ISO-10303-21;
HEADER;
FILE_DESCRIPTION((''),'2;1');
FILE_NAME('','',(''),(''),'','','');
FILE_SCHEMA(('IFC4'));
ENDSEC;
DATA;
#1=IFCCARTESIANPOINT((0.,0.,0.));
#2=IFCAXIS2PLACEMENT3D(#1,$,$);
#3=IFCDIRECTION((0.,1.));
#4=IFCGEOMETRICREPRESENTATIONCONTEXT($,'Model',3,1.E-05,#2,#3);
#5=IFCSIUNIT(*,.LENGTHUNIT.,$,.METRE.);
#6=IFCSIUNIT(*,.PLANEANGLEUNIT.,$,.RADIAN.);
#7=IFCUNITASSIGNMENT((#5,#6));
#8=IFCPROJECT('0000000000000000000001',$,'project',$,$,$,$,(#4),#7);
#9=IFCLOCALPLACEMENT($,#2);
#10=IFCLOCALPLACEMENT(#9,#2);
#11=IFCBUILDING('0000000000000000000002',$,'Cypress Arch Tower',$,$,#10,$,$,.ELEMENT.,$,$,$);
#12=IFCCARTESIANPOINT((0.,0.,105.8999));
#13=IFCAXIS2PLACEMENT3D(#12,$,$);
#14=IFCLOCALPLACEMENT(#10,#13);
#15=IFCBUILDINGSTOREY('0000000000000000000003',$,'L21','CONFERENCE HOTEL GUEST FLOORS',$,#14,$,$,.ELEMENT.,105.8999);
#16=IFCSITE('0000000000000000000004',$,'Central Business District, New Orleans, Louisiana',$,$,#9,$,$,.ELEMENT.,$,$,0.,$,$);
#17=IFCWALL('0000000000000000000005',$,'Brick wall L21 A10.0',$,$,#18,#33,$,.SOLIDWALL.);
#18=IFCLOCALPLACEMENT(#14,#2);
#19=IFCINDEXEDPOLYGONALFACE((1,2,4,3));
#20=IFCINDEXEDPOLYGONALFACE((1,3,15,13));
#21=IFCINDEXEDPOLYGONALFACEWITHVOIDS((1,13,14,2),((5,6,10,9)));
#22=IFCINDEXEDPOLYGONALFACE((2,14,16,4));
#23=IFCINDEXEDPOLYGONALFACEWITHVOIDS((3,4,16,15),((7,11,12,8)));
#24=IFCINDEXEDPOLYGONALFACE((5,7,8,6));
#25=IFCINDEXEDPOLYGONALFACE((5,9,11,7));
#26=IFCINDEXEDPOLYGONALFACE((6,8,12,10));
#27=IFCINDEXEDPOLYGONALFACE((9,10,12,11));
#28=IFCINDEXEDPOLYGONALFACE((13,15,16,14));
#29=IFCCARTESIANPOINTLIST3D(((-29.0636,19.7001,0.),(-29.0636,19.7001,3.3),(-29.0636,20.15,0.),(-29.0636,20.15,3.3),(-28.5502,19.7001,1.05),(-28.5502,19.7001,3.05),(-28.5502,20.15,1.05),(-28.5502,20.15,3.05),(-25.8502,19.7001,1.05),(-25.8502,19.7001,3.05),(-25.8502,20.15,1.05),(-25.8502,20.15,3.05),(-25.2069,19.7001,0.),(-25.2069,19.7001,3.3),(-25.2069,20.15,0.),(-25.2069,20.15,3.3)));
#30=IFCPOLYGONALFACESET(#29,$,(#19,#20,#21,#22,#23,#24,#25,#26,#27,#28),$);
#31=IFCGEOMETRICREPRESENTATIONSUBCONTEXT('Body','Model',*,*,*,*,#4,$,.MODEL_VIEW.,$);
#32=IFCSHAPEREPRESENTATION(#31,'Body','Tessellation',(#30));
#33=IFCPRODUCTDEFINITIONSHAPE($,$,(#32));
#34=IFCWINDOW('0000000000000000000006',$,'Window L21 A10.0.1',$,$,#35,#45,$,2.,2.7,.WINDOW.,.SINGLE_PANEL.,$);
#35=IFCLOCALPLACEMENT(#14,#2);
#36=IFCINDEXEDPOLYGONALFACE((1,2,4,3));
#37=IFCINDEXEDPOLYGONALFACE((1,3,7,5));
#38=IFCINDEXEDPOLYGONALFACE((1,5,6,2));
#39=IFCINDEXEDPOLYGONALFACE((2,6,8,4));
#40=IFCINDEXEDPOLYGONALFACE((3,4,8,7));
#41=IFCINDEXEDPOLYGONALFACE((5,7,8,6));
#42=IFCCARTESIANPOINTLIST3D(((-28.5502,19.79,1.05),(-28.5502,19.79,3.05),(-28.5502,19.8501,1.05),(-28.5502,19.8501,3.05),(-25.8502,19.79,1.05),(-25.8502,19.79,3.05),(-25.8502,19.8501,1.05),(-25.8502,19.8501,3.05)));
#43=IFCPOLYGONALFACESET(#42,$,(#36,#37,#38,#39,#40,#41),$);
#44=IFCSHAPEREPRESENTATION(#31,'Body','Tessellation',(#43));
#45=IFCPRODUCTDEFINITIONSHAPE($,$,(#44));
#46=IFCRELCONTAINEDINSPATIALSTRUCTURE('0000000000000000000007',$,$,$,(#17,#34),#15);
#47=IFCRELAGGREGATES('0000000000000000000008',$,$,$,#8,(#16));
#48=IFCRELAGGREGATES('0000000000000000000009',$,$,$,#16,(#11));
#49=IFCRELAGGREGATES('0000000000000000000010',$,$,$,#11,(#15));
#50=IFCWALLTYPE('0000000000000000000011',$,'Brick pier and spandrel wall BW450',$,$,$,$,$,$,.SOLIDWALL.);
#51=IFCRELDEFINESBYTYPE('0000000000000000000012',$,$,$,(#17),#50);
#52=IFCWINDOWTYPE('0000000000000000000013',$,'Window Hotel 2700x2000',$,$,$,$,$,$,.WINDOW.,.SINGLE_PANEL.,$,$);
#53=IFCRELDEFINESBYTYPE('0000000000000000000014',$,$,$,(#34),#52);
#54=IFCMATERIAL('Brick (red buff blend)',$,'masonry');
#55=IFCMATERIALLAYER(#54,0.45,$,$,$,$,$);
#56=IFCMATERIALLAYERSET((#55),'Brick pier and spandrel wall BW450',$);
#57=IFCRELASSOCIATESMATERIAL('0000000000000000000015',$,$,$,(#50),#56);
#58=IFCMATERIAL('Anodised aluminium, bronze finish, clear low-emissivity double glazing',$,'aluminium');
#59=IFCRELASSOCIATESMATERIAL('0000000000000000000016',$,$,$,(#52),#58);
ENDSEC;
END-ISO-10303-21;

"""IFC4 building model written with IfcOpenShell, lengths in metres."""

from ifc_helpers import new_model, si_unit, direction, frame, frame_2d, origin, place, context, subcontext, project, spatial, rectangle, extrude, material, layer, layer_set, type_object, element, fill, save


model = new_model("IFC4")

# Units and contexts
model_context = context("Model", 3, precision=1e-05, world=origin(), true_north=direction((0.0, 1.0)))
body_context = subcontext(model_context, "Body", "Model", "MODEL_VIEW")
ifc_project = project(units=[si_unit("LENGTHUNIT", "METRE"), si_unit("PLANEANGLEUNIT", "RADIAN")], contexts=[model_context])

# Site, building, storey
site_placement = place(None, origin())
site = spatial("IfcSite", under=ifc_project, at=site_placement, Name="Central Business District, New Orleans, Louisiana", CompositionType="ELEMENT", RefElevation=0.0)
building_placement = place(site_placement, origin())
building = spatial("IfcBuilding", under=site, at=building_placement, Name="Cypress Arch Tower", CompositionType="ELEMENT")
storey_placement = place(building_placement, frame((0.0, 0.0, 105.8999)))
storey = spatial("IfcBuildingStorey", under=building, at=storey_placement, Name="L21", Description="CONFERENCE HOTEL GUEST FLOORS", CompositionType="ELEMENT", Elevation=105.8999)

# Shared definitions
ifc_material_1 = material(Name="Brick (red buff blend)", Category="masonry")
ifc_layer = layer(ifc_material_1, 0.45)
ifc_layer_set = layer_set([ifc_layer], Name="Brick pier and spandrel wall BW450")
wall_type = type_object("IfcWallType", Name="Brick pier and spandrel wall BW450", PredefinedType="SOLIDWALL", material=ifc_layer_set)

# Wall, opening, window
wall_1_placement = place(storey_placement, frame((-25.207, 19.925, 0.0), z_axis=(0.0, 0.0, 1.0), x_axis=(-1.0, 0.0, 0.0)))
wall_1 = element("IfcWall", 1, at=wall_1_placement, inside=storey, type_object=wall_type, Name="Brick wall L21 A10.0", PredefinedType="SOLIDWALL", context=body_context, shape_type="SweptSolid", body=[
    extrude(rectangle(XDim=3.8567, YDim=0.45, at=frame_2d((1.9282, 0.0))), origin(), (0.0, 0.0, 1.0), 3.3),
])
opening_1_placement = place(wall_1_placement, frame((0.6431, 0.0, 1.05)))
opening_1 = element("IfcOpeningElement", 2, at=opening_1_placement, cuts=wall_1, PredefinedType="OPENING", context=body_context, shape_type="SweptSolid", body=[
    extrude(rectangle(XDim=2.7, YDim=2.0, at=frame_2d((1.3501, 1.0))), frame((0.0, 0.2349, 0.0), z_axis=(0.0, -1.0, 0.0), x_axis=(1.0, 0.0, 0.0)), (0.0, 0.0, 1.0), 0.47),
])
ifc_material_2 = material(Name="Anodised aluminium, bronze finish, clear low-emissivity double glazing", Category="aluminium")
window_type_1 = type_object("IfcWindowType", Name="Window Hotel 2700x2000", PartitioningType="SINGLE_PANEL", PredefinedType="WINDOW", material=ifc_material_2)
window_1_placement = place(opening_1_placement, origin())
window_1 = element("IfcWindow", 3, at=window_1_placement, inside=storey, type_object=window_type_1, Name="Window L21 A10.0.1", OverallHeight=2.0, OverallWidth=2.7, PartitioningType="SINGLE_PANEL", PredefinedType="WINDOW", context=body_context, shape_type="SweptSolid", body=[
    extrude(rectangle(XDim=2.7, YDim=2.0, at=frame_2d((1.3501, 1.0))), frame((0.0, 0.135, 0.0), z_axis=(0.0, -1.0, 0.0), x_axis=(1.0, 0.0, 0.0)), (0.0, 0.0, 1.0), 0.0601),
])
fill(opening_1, window_1)

save(model, "model.ifc")
